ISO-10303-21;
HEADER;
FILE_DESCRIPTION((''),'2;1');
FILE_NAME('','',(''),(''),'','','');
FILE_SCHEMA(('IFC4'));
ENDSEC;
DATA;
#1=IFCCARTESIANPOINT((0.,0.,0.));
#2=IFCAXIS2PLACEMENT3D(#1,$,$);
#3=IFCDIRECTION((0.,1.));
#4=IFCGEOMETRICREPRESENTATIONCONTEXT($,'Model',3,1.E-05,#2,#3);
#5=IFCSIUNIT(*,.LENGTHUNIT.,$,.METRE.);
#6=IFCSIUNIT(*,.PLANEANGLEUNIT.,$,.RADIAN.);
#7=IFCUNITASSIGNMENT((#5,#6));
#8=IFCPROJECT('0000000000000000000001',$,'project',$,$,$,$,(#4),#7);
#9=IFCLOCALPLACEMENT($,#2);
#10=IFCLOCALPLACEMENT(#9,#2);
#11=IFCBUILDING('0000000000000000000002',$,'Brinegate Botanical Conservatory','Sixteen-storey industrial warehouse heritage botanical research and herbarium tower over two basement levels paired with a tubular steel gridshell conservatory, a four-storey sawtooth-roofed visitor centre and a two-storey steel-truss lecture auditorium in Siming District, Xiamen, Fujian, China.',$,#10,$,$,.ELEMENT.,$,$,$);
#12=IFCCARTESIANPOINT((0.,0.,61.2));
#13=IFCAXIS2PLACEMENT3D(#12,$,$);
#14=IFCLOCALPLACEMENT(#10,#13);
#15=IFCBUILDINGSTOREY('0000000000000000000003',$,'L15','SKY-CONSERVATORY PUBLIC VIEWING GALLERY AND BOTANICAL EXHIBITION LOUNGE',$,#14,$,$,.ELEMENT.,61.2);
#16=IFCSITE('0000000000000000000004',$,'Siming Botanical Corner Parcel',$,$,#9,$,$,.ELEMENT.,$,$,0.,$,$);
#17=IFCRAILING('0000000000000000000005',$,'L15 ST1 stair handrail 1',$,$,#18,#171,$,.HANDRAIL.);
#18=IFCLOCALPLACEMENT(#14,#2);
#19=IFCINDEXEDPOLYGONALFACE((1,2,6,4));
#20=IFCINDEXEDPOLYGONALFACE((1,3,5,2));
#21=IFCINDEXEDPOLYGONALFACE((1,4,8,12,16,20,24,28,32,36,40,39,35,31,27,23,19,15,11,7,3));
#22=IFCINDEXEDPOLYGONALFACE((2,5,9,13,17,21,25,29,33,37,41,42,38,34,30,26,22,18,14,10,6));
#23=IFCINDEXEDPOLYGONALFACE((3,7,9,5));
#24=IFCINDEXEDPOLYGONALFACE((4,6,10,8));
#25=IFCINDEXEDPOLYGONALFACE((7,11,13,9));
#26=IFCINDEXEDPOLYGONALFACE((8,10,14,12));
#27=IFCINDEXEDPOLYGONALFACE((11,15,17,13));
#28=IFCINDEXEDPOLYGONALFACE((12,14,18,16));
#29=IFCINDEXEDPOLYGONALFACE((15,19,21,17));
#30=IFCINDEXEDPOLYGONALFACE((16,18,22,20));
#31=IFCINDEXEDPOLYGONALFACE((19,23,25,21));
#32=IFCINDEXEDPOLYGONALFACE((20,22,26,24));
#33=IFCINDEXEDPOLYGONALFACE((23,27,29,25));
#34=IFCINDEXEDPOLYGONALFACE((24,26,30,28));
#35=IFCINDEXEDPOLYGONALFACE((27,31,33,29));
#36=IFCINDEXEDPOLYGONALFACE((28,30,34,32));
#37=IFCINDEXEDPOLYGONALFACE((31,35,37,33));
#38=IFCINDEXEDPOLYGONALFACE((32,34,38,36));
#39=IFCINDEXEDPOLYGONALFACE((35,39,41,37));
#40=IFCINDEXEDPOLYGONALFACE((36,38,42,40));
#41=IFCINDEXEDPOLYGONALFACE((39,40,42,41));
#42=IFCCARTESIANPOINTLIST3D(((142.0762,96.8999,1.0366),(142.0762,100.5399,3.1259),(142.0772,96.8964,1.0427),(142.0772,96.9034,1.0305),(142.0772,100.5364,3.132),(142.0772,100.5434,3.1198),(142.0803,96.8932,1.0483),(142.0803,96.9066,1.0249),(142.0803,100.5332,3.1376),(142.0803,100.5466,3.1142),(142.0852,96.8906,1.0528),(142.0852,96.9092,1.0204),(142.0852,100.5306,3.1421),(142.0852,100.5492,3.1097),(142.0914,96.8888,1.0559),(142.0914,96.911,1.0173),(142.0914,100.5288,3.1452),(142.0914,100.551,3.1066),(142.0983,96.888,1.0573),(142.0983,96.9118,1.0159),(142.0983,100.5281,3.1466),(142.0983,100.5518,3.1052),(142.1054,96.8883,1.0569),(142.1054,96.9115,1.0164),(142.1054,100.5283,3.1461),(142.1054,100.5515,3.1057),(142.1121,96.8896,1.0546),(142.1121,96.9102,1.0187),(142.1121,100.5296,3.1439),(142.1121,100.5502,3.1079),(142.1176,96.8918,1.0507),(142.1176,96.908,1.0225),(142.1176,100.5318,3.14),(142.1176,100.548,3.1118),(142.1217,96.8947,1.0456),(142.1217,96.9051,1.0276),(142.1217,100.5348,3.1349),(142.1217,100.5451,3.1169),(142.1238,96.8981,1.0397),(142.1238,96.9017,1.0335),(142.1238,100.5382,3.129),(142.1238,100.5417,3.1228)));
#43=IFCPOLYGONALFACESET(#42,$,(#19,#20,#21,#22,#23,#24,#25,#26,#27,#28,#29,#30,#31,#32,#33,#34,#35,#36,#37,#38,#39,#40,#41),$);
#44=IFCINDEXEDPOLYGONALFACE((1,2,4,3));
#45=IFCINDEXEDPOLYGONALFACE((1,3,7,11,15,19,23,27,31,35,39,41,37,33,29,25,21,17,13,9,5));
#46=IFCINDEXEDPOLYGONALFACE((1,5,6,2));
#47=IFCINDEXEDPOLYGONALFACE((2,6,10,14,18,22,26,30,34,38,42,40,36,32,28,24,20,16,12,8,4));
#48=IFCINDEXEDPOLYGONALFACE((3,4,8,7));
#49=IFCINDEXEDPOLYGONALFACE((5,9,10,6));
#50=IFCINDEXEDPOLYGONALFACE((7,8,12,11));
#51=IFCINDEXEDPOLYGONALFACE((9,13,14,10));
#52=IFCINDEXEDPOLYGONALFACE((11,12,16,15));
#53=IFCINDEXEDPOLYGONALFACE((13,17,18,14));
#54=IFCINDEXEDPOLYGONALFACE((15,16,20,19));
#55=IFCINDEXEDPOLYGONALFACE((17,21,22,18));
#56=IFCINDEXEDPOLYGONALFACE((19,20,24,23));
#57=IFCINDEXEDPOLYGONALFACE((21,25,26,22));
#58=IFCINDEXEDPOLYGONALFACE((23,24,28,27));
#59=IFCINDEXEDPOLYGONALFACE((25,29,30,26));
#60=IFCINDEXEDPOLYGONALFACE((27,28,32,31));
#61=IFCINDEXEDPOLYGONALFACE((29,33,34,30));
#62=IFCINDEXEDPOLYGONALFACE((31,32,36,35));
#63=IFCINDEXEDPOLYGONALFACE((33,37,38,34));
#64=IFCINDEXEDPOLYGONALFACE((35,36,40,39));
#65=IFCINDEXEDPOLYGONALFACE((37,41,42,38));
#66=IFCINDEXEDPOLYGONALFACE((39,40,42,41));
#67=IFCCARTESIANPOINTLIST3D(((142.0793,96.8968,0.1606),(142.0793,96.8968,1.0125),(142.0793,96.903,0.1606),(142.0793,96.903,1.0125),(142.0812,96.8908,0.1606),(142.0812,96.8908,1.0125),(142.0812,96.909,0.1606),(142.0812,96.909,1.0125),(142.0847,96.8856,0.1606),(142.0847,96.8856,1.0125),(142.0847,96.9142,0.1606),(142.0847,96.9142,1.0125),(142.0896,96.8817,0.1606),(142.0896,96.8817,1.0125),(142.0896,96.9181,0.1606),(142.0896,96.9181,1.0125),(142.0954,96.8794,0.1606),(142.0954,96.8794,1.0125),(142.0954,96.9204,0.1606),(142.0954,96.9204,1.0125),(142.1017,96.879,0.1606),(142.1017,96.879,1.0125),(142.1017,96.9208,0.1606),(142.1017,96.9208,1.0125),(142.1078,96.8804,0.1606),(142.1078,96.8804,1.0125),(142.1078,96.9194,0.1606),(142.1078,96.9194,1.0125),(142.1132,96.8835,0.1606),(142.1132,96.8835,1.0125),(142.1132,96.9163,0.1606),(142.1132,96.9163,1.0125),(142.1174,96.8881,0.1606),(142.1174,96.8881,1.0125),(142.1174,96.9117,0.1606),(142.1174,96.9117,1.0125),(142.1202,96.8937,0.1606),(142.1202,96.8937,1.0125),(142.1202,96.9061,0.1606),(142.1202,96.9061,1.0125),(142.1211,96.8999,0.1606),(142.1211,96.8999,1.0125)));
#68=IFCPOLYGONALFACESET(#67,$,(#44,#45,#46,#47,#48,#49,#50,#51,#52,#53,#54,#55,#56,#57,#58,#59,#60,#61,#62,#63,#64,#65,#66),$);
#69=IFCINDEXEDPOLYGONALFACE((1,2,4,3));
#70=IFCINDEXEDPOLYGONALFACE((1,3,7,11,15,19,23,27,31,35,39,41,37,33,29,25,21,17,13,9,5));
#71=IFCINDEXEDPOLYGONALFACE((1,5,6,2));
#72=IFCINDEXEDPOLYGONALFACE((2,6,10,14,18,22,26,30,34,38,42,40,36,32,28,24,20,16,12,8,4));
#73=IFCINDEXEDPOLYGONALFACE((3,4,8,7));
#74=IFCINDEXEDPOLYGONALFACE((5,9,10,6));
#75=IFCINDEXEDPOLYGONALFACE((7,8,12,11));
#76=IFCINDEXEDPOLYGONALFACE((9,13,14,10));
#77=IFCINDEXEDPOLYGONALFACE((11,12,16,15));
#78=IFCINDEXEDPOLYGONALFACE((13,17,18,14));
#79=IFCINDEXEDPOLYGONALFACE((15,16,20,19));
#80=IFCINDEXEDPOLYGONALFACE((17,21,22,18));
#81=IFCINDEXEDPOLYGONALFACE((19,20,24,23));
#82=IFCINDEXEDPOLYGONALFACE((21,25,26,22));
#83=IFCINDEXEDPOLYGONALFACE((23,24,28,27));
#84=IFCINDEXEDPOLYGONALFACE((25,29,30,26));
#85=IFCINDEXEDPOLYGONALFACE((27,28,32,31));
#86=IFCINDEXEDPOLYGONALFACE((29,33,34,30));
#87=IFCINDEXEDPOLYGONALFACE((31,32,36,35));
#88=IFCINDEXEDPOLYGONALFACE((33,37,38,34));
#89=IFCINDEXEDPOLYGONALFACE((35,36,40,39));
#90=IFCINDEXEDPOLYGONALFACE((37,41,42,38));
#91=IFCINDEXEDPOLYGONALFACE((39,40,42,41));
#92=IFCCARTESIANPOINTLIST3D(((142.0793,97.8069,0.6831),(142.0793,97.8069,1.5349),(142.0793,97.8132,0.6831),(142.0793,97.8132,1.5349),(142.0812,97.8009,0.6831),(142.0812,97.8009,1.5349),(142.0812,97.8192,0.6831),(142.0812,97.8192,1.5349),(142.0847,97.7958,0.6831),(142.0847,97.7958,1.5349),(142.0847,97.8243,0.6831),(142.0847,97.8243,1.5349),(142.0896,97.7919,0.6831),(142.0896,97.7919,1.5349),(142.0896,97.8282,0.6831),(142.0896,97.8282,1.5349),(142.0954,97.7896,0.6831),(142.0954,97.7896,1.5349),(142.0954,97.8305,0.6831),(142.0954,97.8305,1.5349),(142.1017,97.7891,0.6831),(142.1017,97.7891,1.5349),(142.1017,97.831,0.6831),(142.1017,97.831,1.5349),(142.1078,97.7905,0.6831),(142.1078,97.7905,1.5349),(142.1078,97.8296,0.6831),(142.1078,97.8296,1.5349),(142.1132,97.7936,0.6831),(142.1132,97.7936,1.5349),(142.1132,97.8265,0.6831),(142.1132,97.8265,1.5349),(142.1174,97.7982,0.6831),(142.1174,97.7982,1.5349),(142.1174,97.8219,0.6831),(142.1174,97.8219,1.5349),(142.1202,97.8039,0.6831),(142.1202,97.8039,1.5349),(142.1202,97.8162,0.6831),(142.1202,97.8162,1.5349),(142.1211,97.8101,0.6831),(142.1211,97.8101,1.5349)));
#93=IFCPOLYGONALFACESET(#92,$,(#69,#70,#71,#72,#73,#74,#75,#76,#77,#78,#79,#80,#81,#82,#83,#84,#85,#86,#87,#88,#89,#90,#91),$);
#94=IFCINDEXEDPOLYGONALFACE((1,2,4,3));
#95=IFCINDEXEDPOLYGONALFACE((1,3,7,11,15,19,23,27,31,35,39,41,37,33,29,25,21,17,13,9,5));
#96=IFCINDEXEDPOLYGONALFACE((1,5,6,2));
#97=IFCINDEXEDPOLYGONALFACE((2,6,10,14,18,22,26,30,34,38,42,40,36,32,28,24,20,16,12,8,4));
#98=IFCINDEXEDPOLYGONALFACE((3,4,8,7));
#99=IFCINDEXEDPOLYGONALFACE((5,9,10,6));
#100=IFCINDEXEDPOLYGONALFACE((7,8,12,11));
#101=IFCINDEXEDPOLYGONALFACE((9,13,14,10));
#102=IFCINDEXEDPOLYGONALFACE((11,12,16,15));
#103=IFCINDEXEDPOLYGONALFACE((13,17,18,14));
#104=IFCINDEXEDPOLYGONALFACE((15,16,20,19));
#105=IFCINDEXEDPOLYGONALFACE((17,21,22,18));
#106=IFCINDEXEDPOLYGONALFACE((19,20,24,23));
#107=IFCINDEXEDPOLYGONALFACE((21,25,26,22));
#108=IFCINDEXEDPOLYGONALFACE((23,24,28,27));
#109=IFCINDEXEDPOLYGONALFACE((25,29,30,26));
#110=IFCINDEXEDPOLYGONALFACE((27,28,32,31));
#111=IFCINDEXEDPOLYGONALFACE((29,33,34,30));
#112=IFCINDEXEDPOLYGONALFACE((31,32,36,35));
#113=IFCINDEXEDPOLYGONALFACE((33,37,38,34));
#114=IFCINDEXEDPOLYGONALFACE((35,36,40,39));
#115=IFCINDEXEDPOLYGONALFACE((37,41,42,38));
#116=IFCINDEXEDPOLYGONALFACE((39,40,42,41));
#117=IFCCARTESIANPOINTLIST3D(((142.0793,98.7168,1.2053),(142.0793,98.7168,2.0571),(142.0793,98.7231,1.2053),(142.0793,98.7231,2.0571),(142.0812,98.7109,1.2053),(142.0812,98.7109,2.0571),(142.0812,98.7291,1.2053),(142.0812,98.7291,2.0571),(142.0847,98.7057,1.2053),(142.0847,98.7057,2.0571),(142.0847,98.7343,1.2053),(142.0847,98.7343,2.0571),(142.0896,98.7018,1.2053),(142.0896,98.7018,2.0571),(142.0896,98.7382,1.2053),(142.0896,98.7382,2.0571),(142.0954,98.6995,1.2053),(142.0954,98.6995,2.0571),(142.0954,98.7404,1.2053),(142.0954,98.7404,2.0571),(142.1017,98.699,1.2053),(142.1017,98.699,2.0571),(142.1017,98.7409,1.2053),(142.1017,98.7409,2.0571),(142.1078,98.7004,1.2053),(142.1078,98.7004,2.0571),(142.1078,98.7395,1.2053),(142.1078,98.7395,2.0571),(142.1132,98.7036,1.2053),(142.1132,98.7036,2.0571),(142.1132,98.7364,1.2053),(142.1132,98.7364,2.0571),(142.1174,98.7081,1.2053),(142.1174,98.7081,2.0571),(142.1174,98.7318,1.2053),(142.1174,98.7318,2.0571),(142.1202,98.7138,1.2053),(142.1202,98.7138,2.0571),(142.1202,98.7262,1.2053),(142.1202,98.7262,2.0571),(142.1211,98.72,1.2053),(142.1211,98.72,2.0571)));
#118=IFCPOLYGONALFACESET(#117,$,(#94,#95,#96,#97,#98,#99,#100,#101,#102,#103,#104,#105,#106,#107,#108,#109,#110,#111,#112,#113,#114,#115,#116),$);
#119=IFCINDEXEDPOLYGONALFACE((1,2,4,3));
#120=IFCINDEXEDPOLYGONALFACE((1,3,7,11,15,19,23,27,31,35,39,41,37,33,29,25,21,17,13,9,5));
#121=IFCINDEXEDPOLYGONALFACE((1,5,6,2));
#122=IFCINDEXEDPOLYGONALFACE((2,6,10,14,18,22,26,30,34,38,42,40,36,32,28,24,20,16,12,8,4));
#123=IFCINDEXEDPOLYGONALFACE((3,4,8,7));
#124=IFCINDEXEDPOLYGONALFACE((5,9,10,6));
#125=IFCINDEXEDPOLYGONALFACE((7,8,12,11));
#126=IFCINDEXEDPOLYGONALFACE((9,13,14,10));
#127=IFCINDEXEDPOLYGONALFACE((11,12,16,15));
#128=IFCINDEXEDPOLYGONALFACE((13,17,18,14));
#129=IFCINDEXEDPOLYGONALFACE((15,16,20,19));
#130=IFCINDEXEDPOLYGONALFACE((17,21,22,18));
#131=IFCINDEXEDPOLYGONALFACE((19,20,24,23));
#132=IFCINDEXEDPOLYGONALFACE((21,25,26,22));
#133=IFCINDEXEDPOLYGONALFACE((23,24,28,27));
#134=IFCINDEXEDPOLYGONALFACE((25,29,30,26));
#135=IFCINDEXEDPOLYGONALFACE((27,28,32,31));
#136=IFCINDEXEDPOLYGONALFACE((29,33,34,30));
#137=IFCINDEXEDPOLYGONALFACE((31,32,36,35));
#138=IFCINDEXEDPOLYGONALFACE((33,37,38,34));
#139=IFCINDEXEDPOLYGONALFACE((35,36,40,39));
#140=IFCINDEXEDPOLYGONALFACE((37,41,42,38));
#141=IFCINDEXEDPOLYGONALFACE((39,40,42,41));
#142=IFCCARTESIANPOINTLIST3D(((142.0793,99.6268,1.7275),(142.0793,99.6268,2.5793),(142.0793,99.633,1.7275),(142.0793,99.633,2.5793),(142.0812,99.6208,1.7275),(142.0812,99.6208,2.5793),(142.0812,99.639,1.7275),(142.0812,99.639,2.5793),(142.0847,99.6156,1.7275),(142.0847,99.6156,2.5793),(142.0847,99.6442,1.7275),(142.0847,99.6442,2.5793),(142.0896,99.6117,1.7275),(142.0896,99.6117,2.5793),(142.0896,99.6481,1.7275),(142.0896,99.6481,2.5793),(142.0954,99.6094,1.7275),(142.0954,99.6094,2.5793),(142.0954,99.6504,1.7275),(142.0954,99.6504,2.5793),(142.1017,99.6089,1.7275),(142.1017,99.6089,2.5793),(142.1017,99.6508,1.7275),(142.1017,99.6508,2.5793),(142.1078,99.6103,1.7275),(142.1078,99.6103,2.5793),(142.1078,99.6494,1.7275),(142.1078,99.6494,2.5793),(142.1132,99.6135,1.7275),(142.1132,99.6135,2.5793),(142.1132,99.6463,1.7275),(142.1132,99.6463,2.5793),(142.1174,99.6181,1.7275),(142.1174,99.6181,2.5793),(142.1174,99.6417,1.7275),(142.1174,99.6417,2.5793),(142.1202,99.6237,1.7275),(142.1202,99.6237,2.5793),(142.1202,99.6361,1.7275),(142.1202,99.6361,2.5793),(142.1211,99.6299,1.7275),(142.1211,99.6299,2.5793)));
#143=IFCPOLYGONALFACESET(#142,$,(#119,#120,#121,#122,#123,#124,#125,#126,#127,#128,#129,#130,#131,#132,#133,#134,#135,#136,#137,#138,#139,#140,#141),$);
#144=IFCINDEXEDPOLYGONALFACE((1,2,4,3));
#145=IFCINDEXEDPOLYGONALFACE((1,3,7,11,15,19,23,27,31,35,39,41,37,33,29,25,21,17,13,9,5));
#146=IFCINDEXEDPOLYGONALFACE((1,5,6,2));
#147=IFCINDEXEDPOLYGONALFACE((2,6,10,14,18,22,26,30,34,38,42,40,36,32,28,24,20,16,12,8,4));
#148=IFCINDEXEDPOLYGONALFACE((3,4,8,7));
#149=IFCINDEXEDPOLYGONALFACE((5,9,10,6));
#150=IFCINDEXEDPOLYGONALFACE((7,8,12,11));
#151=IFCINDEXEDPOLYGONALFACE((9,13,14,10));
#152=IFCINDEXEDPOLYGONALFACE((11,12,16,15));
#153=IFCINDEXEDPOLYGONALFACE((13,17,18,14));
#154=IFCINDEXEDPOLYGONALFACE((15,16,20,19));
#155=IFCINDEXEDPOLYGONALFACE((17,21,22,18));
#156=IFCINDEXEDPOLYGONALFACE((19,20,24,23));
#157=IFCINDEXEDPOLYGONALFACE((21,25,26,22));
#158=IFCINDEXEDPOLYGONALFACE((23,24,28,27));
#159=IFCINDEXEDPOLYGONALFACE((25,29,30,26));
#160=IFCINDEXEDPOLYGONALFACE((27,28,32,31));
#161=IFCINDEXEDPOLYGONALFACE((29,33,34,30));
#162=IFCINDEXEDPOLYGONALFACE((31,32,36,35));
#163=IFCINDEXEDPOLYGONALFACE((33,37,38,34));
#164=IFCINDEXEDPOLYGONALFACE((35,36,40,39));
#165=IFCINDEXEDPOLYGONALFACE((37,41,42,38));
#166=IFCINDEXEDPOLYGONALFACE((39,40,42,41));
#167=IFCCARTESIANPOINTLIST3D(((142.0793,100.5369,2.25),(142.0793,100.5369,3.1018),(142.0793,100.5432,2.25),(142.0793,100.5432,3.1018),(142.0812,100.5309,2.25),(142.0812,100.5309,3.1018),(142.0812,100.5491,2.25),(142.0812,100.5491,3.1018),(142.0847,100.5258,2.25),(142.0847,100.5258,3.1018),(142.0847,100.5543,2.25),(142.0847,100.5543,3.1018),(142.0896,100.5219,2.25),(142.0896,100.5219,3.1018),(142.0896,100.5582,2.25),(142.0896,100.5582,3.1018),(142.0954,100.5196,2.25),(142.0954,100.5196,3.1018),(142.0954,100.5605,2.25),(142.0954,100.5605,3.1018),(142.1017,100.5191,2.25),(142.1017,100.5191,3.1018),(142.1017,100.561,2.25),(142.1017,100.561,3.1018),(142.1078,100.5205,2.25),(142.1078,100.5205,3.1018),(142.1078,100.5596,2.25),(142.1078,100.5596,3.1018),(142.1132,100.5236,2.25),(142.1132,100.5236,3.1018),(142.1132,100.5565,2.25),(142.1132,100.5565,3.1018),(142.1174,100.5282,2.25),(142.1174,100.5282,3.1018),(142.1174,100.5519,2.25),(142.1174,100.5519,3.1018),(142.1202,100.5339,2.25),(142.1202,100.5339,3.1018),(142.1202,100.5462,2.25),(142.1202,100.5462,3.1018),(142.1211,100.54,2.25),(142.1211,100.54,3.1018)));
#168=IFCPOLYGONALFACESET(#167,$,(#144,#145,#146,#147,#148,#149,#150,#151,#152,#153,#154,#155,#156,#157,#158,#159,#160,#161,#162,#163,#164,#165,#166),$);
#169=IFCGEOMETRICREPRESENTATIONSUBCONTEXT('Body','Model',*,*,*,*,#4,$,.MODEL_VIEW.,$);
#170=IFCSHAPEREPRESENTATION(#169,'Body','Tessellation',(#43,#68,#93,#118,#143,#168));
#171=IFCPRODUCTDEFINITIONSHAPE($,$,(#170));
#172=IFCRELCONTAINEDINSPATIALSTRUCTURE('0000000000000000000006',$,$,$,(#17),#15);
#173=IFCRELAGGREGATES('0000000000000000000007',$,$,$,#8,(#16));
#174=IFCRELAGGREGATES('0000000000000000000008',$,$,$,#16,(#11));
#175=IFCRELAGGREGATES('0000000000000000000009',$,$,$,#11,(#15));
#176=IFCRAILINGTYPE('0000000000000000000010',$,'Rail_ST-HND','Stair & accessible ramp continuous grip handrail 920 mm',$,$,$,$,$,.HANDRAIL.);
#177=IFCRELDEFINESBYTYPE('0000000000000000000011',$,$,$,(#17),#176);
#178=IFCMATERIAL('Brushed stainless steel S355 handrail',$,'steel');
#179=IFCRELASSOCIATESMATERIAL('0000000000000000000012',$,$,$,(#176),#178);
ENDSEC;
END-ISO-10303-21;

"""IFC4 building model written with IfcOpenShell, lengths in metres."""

from ifc_helpers import new_model, si_unit, direction, frame, origin, origin_2d, place, context, subcontext, project, spatial, circle, extrude, material, type_object, element, save


model = new_model("IFC4")

# Units and contexts
model_context = context("Model", 3, precision=1e-05, world=origin(), true_north=direction((0.0, 1.0)))
body_context = subcontext(model_context, "Body", "Model", "MODEL_VIEW")
ifc_project = project(units=[si_unit("LENGTHUNIT", "METRE"), si_unit("PLANEANGLEUNIT", "RADIAN")], contexts=[model_context])

# Site, building, storey
site_placement = place(None, origin())
site = spatial("IfcSite", under=ifc_project, at=site_placement, Name="Siming Botanical Corner Parcel", CompositionType="ELEMENT", RefElevation=0.0)
building_placement = place(site_placement, origin())
building = spatial("IfcBuilding", under=site, at=building_placement, Name="Brinegate Botanical Conservatory", Description="Sixteen-storey industrial warehouse heritage botanical research and herbarium tower over two basement levels paired with a tubular steel gridshell conservatory, a four-storey sawtooth-roofed visitor centre and a two-storey steel-truss lecture auditorium in Siming District, Xiamen, Fujian, China.", CompositionType="ELEMENT")
storey_placement = place(building_placement, frame((0.0, 0.0, 61.2)))
storey = spatial("IfcBuildingStorey", under=building, at=storey_placement, Name="L15", Description="SKY-CONSERVATORY PUBLIC VIEWING GALLERY AND BOTANICAL EXHIBITION LOUNGE", CompositionType="ELEMENT", Elevation=61.2)

# Railing
ifc_material_1 = material(Name="Brushed stainless steel S355 handrail", Category="steel")
railing_type_1 = type_object("IfcRailingType", Name="Rail_ST-HND", Description="Stair & accessible ramp continuous grip handrail 920 mm", PredefinedType="HANDRAIL", material=ifc_material_1)
railing_1_placement = place(storey_placement, frame((142.1001, 96.8999, 0.1606)))
element("IfcRailing", 1, at=railing_1_placement, inside=storey, type_object=railing_type_1, Name="L15 ST1 stair handrail 1", PredefinedType="HANDRAIL", context=body_context, shape_type="SweptSolid", body=[
    extrude(circle(Radius=0.0239, at=origin_2d()), frame((0.0, 0.0, 0.876), z_axis=(0.0, 0.867289, 0.497804), x_axis=(-1.0, 0.0, 0.0)), (0.0, 0.0, 1.0), 4.197),
    extrude(circle(Radius=0.021, at=origin_2d()), origin(), (0.0, 0.0, 1.0), 0.8518),
    extrude(circle(Radius=0.021, at=origin_2d()), frame((0.0, 0.9102, 0.5225)), (0.0, 0.0, 1.0), 0.8518),
    extrude(circle(Radius=0.021, at=origin_2d()), frame((0.0, 1.8201, 1.0447)), (0.0, 0.0, 1.0), 0.8518),
    extrude(circle(Radius=0.021, at=origin_2d()), frame((0.0, 2.73, 1.5669)), (0.0, 0.0, 1.0), 0.8518),
    extrude(circle(Radius=0.021, at=origin_2d()), frame((0.0, 3.6401, 2.0894)), (0.0, 0.0, 1.0), 0.8518),
])

save(model, "model.ifc")
